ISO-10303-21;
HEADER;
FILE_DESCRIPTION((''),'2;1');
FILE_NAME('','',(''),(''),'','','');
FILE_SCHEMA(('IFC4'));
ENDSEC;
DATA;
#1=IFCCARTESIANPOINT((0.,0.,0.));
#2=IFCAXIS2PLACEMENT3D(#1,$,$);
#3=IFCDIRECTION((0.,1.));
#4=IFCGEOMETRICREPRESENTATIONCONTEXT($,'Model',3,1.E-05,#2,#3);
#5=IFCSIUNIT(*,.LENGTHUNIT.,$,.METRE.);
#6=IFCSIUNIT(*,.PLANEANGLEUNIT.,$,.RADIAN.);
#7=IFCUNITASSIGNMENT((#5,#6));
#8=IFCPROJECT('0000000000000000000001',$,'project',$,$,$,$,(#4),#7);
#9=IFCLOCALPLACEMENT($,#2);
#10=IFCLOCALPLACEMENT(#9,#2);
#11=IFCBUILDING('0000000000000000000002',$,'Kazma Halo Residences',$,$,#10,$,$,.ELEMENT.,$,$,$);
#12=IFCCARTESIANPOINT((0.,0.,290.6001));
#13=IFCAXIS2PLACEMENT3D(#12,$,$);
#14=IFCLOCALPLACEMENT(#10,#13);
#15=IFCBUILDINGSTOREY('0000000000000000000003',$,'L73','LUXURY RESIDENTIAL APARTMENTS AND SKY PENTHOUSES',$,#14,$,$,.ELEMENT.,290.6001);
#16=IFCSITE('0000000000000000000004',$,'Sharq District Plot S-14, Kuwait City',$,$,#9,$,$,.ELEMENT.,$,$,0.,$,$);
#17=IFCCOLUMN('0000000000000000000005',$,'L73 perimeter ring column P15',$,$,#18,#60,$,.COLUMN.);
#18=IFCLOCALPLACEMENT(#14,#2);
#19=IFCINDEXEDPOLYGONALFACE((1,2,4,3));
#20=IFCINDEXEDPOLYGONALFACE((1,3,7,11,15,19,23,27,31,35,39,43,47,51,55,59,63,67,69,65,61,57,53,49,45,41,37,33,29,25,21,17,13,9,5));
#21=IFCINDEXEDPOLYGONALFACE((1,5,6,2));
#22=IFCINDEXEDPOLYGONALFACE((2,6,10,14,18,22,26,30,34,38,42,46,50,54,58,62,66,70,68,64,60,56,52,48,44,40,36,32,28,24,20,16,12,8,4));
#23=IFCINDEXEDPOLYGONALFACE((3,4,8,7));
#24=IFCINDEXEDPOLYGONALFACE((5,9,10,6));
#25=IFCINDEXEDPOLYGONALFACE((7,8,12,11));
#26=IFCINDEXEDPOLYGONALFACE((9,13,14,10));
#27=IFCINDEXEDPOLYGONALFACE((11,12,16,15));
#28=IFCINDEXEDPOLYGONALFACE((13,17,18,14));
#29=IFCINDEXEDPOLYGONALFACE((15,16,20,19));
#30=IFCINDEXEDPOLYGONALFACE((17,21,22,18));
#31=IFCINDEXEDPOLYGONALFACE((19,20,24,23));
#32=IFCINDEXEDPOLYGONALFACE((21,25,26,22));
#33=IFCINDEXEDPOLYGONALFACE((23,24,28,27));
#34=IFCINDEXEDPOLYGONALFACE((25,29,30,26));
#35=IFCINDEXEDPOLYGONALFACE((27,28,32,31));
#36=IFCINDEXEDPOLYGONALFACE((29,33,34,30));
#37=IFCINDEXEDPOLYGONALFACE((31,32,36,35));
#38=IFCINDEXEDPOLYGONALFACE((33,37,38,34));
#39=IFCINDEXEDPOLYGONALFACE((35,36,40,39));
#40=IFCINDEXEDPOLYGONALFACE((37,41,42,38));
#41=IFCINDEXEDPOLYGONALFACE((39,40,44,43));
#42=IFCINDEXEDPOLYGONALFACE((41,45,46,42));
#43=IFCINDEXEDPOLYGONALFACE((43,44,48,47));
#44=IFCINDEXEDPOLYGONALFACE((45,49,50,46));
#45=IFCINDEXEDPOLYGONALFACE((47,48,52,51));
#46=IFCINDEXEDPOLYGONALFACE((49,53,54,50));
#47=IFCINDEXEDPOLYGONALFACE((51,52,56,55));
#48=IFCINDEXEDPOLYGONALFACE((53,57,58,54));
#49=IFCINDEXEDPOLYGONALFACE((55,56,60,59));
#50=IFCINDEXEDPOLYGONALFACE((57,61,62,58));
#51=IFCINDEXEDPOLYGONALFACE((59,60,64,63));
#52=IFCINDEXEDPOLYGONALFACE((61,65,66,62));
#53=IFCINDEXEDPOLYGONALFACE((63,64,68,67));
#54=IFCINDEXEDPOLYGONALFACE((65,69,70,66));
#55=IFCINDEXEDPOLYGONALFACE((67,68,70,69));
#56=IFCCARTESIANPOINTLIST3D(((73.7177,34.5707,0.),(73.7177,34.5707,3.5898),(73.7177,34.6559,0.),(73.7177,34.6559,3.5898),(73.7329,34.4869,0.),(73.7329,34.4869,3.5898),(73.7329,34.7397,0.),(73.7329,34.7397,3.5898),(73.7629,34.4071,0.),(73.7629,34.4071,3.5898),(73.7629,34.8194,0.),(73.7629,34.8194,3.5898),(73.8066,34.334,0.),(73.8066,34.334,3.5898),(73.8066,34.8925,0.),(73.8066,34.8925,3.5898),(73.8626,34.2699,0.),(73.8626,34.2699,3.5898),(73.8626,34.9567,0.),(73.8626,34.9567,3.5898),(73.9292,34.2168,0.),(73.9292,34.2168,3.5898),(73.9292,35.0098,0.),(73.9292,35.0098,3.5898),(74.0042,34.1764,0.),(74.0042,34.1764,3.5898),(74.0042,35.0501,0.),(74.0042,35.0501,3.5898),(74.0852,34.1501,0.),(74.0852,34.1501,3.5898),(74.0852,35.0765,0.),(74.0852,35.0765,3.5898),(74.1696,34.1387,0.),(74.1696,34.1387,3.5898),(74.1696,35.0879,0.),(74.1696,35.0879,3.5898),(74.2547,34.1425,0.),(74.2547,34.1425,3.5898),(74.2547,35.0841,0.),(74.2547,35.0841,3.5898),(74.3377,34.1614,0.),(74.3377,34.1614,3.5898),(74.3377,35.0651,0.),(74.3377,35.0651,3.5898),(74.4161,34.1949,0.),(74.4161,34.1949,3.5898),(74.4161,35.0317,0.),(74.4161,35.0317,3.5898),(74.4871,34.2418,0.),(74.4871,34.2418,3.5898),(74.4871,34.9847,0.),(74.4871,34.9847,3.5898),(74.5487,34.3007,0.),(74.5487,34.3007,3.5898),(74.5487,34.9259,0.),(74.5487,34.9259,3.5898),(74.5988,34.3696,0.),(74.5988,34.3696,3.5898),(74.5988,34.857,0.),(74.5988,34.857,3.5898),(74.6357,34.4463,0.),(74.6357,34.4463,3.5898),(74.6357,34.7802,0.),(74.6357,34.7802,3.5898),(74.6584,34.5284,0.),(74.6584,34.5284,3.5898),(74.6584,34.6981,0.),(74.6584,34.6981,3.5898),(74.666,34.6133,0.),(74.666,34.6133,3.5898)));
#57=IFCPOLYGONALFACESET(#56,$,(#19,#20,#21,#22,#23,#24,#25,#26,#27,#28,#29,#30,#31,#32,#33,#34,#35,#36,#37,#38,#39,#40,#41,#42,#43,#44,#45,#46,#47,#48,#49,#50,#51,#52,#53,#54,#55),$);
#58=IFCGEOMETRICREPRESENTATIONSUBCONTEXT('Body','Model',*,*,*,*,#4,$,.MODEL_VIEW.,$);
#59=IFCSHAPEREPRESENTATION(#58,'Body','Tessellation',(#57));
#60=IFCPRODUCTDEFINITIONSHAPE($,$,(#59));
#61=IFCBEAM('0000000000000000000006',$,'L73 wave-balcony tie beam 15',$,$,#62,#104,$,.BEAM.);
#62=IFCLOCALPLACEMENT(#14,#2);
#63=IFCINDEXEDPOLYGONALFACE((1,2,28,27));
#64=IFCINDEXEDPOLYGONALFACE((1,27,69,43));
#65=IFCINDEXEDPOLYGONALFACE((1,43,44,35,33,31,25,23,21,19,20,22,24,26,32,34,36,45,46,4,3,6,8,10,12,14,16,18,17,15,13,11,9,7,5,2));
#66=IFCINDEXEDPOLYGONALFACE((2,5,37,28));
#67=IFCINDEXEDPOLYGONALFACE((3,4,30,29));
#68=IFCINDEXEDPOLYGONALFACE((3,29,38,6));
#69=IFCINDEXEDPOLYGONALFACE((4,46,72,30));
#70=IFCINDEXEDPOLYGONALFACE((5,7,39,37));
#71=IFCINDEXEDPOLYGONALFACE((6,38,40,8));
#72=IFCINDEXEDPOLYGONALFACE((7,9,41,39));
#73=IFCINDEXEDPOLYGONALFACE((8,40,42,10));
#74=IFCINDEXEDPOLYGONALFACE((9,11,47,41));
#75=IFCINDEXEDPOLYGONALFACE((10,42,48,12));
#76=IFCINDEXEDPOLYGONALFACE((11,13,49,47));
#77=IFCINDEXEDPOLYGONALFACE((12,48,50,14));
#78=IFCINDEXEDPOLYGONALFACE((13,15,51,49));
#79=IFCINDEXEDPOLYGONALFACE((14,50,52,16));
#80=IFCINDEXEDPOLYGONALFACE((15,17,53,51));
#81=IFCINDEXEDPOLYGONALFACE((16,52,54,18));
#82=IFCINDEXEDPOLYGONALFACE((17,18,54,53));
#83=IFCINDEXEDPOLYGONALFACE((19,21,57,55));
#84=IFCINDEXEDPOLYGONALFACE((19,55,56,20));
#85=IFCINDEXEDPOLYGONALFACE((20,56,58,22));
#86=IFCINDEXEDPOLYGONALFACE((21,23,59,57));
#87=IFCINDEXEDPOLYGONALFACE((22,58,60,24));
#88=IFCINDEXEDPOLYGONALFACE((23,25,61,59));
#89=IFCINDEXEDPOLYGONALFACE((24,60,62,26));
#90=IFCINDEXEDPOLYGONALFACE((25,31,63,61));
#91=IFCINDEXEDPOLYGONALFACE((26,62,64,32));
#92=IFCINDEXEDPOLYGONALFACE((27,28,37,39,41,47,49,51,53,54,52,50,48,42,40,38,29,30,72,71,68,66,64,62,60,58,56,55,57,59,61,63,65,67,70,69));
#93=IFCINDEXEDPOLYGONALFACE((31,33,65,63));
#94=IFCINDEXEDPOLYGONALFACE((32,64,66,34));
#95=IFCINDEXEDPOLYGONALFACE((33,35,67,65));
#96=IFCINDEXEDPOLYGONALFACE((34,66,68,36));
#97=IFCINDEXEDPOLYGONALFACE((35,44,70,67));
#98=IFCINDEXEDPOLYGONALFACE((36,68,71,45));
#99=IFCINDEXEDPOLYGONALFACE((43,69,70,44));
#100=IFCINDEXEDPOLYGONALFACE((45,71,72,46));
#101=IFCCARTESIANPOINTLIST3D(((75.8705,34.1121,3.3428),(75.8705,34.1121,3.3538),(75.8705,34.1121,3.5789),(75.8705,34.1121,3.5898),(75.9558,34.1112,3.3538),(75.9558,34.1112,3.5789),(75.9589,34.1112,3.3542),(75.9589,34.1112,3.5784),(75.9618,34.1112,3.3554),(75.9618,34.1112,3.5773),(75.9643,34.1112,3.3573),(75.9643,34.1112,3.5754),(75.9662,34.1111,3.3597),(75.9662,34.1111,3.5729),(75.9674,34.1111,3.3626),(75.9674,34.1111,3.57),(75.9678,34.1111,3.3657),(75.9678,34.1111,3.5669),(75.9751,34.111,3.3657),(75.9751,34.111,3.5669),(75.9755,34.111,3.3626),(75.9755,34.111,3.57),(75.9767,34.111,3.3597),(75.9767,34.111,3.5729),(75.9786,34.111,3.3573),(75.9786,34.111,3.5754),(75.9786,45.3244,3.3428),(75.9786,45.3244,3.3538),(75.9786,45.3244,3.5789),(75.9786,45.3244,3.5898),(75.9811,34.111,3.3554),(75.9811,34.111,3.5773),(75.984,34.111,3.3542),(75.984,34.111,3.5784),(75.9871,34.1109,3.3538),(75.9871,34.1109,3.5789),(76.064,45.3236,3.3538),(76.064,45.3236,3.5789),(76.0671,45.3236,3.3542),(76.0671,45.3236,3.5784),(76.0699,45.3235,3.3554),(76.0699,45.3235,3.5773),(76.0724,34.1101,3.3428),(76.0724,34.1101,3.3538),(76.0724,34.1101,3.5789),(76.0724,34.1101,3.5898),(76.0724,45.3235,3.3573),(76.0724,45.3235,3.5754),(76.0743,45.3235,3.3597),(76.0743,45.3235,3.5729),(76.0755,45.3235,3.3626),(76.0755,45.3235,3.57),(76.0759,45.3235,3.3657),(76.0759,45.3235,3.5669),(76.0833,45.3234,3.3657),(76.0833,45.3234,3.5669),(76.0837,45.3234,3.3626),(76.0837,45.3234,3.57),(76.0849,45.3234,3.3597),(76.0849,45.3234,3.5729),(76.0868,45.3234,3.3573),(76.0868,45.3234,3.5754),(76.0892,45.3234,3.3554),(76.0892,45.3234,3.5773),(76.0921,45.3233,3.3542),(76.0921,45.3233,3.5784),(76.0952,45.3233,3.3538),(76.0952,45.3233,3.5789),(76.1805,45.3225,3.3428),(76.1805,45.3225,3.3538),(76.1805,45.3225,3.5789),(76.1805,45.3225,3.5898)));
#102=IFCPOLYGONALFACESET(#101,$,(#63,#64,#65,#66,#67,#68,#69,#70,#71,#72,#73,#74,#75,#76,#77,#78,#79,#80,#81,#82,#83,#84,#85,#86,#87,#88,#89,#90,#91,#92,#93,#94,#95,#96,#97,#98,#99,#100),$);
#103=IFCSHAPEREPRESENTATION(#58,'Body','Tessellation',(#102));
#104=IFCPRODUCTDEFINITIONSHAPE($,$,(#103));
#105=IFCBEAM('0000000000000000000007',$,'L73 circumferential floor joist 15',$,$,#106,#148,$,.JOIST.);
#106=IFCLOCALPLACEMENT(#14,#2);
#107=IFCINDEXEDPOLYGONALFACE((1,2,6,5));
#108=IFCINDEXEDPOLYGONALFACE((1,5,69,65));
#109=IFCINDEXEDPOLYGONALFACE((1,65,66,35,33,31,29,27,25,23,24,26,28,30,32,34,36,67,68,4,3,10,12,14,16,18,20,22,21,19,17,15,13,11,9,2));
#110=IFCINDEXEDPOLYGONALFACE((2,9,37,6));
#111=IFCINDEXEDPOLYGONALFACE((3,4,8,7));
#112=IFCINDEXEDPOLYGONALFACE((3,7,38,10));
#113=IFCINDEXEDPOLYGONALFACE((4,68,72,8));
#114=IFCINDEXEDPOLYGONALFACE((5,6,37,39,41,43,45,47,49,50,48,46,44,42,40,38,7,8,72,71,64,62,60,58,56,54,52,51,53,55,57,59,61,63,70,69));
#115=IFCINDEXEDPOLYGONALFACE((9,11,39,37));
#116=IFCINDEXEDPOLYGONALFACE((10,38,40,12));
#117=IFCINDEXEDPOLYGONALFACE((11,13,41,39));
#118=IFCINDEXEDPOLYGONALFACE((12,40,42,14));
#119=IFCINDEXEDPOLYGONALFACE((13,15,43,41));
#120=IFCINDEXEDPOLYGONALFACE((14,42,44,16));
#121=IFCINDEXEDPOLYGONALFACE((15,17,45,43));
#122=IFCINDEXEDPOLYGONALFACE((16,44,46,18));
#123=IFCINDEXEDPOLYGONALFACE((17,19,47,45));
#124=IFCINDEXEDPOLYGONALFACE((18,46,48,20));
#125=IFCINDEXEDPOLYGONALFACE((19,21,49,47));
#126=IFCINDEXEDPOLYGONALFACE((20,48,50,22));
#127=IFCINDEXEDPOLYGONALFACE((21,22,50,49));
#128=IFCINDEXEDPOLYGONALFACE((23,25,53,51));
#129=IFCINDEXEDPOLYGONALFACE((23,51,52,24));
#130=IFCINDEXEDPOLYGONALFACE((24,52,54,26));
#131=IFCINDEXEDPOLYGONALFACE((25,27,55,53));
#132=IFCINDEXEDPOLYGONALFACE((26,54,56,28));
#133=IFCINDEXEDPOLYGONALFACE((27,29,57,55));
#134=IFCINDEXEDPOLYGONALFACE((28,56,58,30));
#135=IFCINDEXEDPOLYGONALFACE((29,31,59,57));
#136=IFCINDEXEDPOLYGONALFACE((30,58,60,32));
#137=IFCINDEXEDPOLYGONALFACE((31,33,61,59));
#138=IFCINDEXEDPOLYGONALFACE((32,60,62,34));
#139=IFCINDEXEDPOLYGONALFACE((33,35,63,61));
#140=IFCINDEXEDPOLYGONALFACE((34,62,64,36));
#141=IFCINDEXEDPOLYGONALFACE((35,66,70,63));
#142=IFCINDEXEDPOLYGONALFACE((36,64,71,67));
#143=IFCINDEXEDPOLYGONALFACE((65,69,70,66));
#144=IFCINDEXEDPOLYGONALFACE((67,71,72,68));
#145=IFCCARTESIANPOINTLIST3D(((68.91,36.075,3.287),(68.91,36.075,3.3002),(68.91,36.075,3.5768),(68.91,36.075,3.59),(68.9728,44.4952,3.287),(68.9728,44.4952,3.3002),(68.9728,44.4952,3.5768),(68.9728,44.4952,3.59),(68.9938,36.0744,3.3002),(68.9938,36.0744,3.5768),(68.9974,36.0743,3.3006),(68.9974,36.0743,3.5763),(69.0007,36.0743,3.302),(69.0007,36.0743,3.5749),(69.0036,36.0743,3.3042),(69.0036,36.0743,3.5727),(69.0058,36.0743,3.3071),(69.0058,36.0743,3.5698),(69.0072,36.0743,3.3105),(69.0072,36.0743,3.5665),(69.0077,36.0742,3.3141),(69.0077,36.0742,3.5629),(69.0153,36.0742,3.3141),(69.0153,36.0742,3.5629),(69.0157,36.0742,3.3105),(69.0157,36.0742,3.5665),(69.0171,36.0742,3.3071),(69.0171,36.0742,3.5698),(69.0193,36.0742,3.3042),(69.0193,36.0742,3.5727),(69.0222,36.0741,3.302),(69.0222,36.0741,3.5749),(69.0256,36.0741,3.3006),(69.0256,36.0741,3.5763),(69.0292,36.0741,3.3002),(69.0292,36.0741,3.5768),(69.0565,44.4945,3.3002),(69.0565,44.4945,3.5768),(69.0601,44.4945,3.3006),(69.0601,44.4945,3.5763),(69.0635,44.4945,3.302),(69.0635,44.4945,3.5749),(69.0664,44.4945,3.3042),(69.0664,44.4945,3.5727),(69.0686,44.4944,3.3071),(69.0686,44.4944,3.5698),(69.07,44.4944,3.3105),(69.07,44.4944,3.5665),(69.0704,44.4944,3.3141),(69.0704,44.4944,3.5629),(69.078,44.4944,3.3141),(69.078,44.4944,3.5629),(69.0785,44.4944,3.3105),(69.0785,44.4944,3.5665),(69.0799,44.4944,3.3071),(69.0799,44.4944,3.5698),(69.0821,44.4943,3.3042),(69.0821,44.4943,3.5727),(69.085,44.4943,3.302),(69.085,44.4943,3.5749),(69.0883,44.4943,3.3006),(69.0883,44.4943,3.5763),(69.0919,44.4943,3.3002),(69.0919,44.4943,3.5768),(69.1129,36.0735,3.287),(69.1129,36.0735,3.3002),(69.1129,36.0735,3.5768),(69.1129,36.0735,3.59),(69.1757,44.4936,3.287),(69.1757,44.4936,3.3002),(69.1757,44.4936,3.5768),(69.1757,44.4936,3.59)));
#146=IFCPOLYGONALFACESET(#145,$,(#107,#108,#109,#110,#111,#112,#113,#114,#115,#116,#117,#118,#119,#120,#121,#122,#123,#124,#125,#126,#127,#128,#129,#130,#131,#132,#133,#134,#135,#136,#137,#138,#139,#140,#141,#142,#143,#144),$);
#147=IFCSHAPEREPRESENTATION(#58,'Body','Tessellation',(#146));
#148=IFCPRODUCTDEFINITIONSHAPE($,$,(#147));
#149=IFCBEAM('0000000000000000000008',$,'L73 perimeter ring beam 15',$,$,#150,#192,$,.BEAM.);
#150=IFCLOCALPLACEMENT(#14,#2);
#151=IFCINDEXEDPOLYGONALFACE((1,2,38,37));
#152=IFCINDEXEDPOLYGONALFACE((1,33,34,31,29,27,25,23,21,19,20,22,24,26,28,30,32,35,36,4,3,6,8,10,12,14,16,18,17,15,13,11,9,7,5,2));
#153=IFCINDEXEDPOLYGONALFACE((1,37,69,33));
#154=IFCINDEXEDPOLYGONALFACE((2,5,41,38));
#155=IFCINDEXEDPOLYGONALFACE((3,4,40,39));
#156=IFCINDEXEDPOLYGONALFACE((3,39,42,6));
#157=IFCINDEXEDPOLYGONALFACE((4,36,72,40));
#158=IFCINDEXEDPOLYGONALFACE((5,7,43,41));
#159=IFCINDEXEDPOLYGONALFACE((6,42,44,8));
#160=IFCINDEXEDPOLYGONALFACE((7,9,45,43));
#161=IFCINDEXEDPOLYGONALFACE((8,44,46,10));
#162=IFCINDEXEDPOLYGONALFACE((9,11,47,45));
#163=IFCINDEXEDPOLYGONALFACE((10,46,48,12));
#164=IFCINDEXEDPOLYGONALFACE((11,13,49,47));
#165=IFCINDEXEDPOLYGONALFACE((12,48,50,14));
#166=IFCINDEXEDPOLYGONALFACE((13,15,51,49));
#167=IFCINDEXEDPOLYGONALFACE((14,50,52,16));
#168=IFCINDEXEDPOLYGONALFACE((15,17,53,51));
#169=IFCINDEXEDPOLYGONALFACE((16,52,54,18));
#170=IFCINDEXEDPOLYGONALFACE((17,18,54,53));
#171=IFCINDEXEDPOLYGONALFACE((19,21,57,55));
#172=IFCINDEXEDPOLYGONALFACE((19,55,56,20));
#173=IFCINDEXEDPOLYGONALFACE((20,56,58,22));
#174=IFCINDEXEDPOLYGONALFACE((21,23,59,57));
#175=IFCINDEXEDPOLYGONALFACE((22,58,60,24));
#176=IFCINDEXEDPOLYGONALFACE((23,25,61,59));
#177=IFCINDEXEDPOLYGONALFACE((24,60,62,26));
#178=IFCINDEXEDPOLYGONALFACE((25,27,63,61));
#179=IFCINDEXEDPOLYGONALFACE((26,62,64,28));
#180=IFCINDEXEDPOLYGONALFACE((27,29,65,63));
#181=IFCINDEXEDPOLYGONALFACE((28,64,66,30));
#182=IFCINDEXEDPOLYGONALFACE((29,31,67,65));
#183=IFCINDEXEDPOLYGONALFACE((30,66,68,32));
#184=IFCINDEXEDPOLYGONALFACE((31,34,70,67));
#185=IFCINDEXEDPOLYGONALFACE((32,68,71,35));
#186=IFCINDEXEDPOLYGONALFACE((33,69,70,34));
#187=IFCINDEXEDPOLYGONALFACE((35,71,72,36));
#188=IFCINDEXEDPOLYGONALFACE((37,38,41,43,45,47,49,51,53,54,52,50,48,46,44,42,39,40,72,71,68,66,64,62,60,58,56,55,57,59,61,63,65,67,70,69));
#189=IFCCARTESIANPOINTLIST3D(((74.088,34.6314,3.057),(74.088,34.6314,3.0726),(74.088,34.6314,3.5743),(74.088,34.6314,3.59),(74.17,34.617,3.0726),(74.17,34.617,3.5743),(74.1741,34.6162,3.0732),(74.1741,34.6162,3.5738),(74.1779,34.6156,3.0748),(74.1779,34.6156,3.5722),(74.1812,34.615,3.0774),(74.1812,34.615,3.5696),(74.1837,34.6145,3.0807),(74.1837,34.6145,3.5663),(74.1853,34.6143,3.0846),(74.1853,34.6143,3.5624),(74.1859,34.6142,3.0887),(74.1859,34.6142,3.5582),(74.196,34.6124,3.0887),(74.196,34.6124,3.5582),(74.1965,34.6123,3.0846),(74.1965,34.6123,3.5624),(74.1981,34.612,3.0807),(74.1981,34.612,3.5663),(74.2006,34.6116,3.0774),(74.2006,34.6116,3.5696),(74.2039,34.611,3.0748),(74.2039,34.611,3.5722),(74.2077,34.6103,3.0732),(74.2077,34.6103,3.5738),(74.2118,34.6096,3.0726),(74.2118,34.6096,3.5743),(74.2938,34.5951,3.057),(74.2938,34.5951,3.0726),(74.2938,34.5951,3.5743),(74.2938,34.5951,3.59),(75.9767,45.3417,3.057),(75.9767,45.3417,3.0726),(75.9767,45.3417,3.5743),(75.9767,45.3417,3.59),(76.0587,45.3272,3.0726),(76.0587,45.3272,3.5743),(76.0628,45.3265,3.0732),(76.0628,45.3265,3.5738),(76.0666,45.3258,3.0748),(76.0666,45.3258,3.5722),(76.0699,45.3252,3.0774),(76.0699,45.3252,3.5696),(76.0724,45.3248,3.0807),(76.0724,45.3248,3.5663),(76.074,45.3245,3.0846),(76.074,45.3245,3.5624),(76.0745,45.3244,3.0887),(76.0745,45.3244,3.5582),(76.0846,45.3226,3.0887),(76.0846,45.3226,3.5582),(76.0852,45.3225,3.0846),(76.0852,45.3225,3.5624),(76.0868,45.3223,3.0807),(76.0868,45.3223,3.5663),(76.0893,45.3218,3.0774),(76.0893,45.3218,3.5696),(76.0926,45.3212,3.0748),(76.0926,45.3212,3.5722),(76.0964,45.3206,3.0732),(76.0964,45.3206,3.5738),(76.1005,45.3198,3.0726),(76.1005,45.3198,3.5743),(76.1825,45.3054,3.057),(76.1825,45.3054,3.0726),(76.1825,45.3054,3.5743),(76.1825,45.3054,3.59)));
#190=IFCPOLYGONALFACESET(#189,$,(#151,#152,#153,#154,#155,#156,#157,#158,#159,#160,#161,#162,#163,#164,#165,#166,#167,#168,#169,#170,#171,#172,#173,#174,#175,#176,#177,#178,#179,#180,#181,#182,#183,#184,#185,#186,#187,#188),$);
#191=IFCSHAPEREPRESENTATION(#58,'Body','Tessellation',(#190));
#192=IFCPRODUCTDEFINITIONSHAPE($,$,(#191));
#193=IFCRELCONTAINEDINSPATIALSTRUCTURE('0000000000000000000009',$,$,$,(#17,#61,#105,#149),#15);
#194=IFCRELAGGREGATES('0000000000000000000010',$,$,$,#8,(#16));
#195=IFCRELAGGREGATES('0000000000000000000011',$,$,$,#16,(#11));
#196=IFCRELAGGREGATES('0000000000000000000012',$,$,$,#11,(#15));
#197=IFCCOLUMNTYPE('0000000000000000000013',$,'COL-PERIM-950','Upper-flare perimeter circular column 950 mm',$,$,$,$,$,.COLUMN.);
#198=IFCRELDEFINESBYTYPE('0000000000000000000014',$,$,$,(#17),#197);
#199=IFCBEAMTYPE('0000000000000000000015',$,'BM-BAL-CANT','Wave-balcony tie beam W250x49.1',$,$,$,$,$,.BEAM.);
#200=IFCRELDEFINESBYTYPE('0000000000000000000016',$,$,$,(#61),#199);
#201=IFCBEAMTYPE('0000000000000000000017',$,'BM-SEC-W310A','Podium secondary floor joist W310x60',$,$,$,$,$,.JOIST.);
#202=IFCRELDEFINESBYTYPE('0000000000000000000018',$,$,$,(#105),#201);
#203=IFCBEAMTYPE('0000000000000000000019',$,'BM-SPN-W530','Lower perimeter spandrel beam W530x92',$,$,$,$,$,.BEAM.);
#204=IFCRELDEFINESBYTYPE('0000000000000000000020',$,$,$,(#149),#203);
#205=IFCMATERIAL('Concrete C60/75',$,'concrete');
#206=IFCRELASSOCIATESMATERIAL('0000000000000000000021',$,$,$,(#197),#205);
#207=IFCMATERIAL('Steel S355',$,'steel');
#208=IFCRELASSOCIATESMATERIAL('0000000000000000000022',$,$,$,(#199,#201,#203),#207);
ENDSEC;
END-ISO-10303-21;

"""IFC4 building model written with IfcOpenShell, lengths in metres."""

from ifc_helpers import new_model, si_unit, direction, frame, origin, origin_2d, place, context, subcontext, project, spatial, circle, i_section, extrude, material, material_profile, profile_set, type_object, element, save


model = new_model("IFC4")

# Units and contexts
model_context = context("Model", 3, precision=1e-05, world=origin(), true_north=direction((0.0, 1.0)))
body_context = subcontext(model_context, "Body", "Model", "MODEL_VIEW")
ifc_project = project(units=[si_unit("LENGTHUNIT", "METRE"), si_unit("PLANEANGLEUNIT", "RADIAN")], contexts=[model_context])

# Site, building, storey
site_placement = place(None, origin())
site = spatial("IfcSite", under=ifc_project, at=site_placement, Name="Sharq District Plot S-14, Kuwait City", CompositionType="ELEMENT", RefElevation=0.0)
building_placement = place(site_placement, origin())
building = spatial("IfcBuilding", under=site, at=building_placement, Name="Kazma Halo Residences", CompositionType="ELEMENT")
storey_placement = place(building_placement, frame((0.0, 0.0, 290.6001)))
storey = spatial("IfcBuildingStorey", under=building, at=storey_placement, Name="L73", Description="LUXURY RESIDENTIAL APARTMENTS AND SKY PENTHOUSES", CompositionType="ELEMENT", Elevation=290.6001)

# Column
ifc_material_1 = material(Name="Concrete C60/75", Category="concrete")
ifc_material_profile_1 = material_profile(ifc_material_1, circle(Radius=0.4751, at=origin_2d()), Name="CIRC950")
ifc_profile_set_1 = profile_set([ifc_material_profile_1], Name="Concrete C60/75")
column_type = type_object("IfcColumnType", Name="COL-PERIM-950", Description="Upper-flare perimeter circular column 950 mm", PredefinedType="COLUMN", material=ifc_profile_set_1)
column_placement = place(storey_placement, frame((74.1909, 34.6133, 0.0), z_axis=(0.0, 0.0, 1.0), x_axis=(1.0, 0.0, 0.0)))
element("IfcColumn", 1, at=column_placement, inside=storey, type_object=column_type, Name="L73 perimeter ring column P15", PredefinedType="COLUMN", context=body_context, shape_type="SweptSolid", body=[
    extrude(circle(Radius=0.4751, at=origin_2d()), origin(), (0.0, 0.0, 1.0), 3.5898),
])

# Beams
ifc_material_2 = material(Name="Steel S355", Category="steel")
ifc_material_profile_2 = material_profile(ifc_material_2, i_section(OverallWidth=0.2019, OverallDepth=0.2471, WebThickness=0.0073, FlangeThickness=0.011, FilletRadius=0.012, at=origin_2d()), Name="W250x49.1")
ifc_profile_set_2 = profile_set([ifc_material_profile_2], Name="Steel S355")
beam_type_1 = type_object("IfcBeamType", Name="BM-BAL-CANT", Description="Wave-balcony tie beam W250x49.1", PredefinedType="BEAM", material=ifc_profile_set_2)
beam_1_placement = place(storey_placement, frame((75.9714, 34.1111, 3.4663), z_axis=(0.009646, 0.999953, 0.0), x_axis=(-0.999953, 0.009646, 0.0)))
element("IfcBeam", 2, at=beam_1_placement, inside=storey, type_object=beam_type_1, Name="L73 wave-balcony tie beam 15", PredefinedType="BEAM", context=body_context, shape_type="SweptSolid", body=[
    extrude(i_section(OverallWidth=0.2019, OverallDepth=0.2471, WebThickness=0.0073, FlangeThickness=0.011, FilletRadius=0.012, at=origin_2d()), origin(), (0.0, 0.0, 1.0), 11.2129),
])
ifc_material_profile_3 = material_profile(ifc_material_2, i_section(OverallWidth=0.2029, OverallDepth=0.303, WebThickness=0.0076, FlangeThickness=0.0132, FilletRadius=0.0139, at=origin_2d()), Name="W310x60")
ifc_profile_set_3 = profile_set([ifc_material_profile_3], Name="Steel S355")
beam_type_2 = type_object("IfcBeamType", Name="BM-SEC-W310A", Description="Podium secondary floor joist W310x60", PredefinedType="JOIST", material=ifc_profile_set_3)
beam_2_placement = place(storey_placement, frame((69.0115, 36.0742, 3.4385), z_axis=(0.007451, 0.999972, 0.0), x_axis=(-0.999972, 0.007451, 0.0)))
element("IfcBeam", 3, at=beam_2_placement, inside=storey, type_object=beam_type_2, Name="L73 circumferential floor joist 15", PredefinedType="JOIST", context=body_context, shape_type="SweptSolid", body=[
    extrude(i_section(OverallWidth=0.2029, OverallDepth=0.303, WebThickness=0.0076, FlangeThickness=0.0132, FilletRadius=0.0139, at=origin_2d()), origin(), (0.0, 0.0, 1.0), 8.4204),
])
ifc_material_profile_4 = material_profile(ifc_material_2, i_section(OverallWidth=0.209, OverallDepth=0.533, WebThickness=0.0103, FlangeThickness=0.0156, FilletRadius=0.0161, at=origin_2d()), Name="W530x92")
ifc_profile_set_4 = profile_set([ifc_material_profile_4], Name="Steel S355")
beam_type_3 = type_object("IfcBeamType", Name="BM-SPN-W530", Description="Lower perimeter spandrel beam W530x92", PredefinedType="BEAM", material=ifc_profile_set_4)
beam_3_placement = place(storey_placement, frame((74.1909, 34.6133, 3.3235), z_axis=(0.173664, 0.984805, 0.0), x_axis=(-0.984805, 0.173664, 0.0)))
element("IfcBeam", 4, at=beam_3_placement, inside=storey, type_object=beam_type_3, Name="L73 perimeter ring beam 15", PredefinedType="BEAM", context=body_context, shape_type="SweptSolid", body=[
    extrude(i_section(OverallWidth=0.209, OverallDepth=0.533, WebThickness=0.0103, FlangeThickness=0.0156, FilletRadius=0.0161, at=origin_2d()), origin(), (0.0, 0.0, 1.0), 10.8755),
])

save(model, "model.ifc")
